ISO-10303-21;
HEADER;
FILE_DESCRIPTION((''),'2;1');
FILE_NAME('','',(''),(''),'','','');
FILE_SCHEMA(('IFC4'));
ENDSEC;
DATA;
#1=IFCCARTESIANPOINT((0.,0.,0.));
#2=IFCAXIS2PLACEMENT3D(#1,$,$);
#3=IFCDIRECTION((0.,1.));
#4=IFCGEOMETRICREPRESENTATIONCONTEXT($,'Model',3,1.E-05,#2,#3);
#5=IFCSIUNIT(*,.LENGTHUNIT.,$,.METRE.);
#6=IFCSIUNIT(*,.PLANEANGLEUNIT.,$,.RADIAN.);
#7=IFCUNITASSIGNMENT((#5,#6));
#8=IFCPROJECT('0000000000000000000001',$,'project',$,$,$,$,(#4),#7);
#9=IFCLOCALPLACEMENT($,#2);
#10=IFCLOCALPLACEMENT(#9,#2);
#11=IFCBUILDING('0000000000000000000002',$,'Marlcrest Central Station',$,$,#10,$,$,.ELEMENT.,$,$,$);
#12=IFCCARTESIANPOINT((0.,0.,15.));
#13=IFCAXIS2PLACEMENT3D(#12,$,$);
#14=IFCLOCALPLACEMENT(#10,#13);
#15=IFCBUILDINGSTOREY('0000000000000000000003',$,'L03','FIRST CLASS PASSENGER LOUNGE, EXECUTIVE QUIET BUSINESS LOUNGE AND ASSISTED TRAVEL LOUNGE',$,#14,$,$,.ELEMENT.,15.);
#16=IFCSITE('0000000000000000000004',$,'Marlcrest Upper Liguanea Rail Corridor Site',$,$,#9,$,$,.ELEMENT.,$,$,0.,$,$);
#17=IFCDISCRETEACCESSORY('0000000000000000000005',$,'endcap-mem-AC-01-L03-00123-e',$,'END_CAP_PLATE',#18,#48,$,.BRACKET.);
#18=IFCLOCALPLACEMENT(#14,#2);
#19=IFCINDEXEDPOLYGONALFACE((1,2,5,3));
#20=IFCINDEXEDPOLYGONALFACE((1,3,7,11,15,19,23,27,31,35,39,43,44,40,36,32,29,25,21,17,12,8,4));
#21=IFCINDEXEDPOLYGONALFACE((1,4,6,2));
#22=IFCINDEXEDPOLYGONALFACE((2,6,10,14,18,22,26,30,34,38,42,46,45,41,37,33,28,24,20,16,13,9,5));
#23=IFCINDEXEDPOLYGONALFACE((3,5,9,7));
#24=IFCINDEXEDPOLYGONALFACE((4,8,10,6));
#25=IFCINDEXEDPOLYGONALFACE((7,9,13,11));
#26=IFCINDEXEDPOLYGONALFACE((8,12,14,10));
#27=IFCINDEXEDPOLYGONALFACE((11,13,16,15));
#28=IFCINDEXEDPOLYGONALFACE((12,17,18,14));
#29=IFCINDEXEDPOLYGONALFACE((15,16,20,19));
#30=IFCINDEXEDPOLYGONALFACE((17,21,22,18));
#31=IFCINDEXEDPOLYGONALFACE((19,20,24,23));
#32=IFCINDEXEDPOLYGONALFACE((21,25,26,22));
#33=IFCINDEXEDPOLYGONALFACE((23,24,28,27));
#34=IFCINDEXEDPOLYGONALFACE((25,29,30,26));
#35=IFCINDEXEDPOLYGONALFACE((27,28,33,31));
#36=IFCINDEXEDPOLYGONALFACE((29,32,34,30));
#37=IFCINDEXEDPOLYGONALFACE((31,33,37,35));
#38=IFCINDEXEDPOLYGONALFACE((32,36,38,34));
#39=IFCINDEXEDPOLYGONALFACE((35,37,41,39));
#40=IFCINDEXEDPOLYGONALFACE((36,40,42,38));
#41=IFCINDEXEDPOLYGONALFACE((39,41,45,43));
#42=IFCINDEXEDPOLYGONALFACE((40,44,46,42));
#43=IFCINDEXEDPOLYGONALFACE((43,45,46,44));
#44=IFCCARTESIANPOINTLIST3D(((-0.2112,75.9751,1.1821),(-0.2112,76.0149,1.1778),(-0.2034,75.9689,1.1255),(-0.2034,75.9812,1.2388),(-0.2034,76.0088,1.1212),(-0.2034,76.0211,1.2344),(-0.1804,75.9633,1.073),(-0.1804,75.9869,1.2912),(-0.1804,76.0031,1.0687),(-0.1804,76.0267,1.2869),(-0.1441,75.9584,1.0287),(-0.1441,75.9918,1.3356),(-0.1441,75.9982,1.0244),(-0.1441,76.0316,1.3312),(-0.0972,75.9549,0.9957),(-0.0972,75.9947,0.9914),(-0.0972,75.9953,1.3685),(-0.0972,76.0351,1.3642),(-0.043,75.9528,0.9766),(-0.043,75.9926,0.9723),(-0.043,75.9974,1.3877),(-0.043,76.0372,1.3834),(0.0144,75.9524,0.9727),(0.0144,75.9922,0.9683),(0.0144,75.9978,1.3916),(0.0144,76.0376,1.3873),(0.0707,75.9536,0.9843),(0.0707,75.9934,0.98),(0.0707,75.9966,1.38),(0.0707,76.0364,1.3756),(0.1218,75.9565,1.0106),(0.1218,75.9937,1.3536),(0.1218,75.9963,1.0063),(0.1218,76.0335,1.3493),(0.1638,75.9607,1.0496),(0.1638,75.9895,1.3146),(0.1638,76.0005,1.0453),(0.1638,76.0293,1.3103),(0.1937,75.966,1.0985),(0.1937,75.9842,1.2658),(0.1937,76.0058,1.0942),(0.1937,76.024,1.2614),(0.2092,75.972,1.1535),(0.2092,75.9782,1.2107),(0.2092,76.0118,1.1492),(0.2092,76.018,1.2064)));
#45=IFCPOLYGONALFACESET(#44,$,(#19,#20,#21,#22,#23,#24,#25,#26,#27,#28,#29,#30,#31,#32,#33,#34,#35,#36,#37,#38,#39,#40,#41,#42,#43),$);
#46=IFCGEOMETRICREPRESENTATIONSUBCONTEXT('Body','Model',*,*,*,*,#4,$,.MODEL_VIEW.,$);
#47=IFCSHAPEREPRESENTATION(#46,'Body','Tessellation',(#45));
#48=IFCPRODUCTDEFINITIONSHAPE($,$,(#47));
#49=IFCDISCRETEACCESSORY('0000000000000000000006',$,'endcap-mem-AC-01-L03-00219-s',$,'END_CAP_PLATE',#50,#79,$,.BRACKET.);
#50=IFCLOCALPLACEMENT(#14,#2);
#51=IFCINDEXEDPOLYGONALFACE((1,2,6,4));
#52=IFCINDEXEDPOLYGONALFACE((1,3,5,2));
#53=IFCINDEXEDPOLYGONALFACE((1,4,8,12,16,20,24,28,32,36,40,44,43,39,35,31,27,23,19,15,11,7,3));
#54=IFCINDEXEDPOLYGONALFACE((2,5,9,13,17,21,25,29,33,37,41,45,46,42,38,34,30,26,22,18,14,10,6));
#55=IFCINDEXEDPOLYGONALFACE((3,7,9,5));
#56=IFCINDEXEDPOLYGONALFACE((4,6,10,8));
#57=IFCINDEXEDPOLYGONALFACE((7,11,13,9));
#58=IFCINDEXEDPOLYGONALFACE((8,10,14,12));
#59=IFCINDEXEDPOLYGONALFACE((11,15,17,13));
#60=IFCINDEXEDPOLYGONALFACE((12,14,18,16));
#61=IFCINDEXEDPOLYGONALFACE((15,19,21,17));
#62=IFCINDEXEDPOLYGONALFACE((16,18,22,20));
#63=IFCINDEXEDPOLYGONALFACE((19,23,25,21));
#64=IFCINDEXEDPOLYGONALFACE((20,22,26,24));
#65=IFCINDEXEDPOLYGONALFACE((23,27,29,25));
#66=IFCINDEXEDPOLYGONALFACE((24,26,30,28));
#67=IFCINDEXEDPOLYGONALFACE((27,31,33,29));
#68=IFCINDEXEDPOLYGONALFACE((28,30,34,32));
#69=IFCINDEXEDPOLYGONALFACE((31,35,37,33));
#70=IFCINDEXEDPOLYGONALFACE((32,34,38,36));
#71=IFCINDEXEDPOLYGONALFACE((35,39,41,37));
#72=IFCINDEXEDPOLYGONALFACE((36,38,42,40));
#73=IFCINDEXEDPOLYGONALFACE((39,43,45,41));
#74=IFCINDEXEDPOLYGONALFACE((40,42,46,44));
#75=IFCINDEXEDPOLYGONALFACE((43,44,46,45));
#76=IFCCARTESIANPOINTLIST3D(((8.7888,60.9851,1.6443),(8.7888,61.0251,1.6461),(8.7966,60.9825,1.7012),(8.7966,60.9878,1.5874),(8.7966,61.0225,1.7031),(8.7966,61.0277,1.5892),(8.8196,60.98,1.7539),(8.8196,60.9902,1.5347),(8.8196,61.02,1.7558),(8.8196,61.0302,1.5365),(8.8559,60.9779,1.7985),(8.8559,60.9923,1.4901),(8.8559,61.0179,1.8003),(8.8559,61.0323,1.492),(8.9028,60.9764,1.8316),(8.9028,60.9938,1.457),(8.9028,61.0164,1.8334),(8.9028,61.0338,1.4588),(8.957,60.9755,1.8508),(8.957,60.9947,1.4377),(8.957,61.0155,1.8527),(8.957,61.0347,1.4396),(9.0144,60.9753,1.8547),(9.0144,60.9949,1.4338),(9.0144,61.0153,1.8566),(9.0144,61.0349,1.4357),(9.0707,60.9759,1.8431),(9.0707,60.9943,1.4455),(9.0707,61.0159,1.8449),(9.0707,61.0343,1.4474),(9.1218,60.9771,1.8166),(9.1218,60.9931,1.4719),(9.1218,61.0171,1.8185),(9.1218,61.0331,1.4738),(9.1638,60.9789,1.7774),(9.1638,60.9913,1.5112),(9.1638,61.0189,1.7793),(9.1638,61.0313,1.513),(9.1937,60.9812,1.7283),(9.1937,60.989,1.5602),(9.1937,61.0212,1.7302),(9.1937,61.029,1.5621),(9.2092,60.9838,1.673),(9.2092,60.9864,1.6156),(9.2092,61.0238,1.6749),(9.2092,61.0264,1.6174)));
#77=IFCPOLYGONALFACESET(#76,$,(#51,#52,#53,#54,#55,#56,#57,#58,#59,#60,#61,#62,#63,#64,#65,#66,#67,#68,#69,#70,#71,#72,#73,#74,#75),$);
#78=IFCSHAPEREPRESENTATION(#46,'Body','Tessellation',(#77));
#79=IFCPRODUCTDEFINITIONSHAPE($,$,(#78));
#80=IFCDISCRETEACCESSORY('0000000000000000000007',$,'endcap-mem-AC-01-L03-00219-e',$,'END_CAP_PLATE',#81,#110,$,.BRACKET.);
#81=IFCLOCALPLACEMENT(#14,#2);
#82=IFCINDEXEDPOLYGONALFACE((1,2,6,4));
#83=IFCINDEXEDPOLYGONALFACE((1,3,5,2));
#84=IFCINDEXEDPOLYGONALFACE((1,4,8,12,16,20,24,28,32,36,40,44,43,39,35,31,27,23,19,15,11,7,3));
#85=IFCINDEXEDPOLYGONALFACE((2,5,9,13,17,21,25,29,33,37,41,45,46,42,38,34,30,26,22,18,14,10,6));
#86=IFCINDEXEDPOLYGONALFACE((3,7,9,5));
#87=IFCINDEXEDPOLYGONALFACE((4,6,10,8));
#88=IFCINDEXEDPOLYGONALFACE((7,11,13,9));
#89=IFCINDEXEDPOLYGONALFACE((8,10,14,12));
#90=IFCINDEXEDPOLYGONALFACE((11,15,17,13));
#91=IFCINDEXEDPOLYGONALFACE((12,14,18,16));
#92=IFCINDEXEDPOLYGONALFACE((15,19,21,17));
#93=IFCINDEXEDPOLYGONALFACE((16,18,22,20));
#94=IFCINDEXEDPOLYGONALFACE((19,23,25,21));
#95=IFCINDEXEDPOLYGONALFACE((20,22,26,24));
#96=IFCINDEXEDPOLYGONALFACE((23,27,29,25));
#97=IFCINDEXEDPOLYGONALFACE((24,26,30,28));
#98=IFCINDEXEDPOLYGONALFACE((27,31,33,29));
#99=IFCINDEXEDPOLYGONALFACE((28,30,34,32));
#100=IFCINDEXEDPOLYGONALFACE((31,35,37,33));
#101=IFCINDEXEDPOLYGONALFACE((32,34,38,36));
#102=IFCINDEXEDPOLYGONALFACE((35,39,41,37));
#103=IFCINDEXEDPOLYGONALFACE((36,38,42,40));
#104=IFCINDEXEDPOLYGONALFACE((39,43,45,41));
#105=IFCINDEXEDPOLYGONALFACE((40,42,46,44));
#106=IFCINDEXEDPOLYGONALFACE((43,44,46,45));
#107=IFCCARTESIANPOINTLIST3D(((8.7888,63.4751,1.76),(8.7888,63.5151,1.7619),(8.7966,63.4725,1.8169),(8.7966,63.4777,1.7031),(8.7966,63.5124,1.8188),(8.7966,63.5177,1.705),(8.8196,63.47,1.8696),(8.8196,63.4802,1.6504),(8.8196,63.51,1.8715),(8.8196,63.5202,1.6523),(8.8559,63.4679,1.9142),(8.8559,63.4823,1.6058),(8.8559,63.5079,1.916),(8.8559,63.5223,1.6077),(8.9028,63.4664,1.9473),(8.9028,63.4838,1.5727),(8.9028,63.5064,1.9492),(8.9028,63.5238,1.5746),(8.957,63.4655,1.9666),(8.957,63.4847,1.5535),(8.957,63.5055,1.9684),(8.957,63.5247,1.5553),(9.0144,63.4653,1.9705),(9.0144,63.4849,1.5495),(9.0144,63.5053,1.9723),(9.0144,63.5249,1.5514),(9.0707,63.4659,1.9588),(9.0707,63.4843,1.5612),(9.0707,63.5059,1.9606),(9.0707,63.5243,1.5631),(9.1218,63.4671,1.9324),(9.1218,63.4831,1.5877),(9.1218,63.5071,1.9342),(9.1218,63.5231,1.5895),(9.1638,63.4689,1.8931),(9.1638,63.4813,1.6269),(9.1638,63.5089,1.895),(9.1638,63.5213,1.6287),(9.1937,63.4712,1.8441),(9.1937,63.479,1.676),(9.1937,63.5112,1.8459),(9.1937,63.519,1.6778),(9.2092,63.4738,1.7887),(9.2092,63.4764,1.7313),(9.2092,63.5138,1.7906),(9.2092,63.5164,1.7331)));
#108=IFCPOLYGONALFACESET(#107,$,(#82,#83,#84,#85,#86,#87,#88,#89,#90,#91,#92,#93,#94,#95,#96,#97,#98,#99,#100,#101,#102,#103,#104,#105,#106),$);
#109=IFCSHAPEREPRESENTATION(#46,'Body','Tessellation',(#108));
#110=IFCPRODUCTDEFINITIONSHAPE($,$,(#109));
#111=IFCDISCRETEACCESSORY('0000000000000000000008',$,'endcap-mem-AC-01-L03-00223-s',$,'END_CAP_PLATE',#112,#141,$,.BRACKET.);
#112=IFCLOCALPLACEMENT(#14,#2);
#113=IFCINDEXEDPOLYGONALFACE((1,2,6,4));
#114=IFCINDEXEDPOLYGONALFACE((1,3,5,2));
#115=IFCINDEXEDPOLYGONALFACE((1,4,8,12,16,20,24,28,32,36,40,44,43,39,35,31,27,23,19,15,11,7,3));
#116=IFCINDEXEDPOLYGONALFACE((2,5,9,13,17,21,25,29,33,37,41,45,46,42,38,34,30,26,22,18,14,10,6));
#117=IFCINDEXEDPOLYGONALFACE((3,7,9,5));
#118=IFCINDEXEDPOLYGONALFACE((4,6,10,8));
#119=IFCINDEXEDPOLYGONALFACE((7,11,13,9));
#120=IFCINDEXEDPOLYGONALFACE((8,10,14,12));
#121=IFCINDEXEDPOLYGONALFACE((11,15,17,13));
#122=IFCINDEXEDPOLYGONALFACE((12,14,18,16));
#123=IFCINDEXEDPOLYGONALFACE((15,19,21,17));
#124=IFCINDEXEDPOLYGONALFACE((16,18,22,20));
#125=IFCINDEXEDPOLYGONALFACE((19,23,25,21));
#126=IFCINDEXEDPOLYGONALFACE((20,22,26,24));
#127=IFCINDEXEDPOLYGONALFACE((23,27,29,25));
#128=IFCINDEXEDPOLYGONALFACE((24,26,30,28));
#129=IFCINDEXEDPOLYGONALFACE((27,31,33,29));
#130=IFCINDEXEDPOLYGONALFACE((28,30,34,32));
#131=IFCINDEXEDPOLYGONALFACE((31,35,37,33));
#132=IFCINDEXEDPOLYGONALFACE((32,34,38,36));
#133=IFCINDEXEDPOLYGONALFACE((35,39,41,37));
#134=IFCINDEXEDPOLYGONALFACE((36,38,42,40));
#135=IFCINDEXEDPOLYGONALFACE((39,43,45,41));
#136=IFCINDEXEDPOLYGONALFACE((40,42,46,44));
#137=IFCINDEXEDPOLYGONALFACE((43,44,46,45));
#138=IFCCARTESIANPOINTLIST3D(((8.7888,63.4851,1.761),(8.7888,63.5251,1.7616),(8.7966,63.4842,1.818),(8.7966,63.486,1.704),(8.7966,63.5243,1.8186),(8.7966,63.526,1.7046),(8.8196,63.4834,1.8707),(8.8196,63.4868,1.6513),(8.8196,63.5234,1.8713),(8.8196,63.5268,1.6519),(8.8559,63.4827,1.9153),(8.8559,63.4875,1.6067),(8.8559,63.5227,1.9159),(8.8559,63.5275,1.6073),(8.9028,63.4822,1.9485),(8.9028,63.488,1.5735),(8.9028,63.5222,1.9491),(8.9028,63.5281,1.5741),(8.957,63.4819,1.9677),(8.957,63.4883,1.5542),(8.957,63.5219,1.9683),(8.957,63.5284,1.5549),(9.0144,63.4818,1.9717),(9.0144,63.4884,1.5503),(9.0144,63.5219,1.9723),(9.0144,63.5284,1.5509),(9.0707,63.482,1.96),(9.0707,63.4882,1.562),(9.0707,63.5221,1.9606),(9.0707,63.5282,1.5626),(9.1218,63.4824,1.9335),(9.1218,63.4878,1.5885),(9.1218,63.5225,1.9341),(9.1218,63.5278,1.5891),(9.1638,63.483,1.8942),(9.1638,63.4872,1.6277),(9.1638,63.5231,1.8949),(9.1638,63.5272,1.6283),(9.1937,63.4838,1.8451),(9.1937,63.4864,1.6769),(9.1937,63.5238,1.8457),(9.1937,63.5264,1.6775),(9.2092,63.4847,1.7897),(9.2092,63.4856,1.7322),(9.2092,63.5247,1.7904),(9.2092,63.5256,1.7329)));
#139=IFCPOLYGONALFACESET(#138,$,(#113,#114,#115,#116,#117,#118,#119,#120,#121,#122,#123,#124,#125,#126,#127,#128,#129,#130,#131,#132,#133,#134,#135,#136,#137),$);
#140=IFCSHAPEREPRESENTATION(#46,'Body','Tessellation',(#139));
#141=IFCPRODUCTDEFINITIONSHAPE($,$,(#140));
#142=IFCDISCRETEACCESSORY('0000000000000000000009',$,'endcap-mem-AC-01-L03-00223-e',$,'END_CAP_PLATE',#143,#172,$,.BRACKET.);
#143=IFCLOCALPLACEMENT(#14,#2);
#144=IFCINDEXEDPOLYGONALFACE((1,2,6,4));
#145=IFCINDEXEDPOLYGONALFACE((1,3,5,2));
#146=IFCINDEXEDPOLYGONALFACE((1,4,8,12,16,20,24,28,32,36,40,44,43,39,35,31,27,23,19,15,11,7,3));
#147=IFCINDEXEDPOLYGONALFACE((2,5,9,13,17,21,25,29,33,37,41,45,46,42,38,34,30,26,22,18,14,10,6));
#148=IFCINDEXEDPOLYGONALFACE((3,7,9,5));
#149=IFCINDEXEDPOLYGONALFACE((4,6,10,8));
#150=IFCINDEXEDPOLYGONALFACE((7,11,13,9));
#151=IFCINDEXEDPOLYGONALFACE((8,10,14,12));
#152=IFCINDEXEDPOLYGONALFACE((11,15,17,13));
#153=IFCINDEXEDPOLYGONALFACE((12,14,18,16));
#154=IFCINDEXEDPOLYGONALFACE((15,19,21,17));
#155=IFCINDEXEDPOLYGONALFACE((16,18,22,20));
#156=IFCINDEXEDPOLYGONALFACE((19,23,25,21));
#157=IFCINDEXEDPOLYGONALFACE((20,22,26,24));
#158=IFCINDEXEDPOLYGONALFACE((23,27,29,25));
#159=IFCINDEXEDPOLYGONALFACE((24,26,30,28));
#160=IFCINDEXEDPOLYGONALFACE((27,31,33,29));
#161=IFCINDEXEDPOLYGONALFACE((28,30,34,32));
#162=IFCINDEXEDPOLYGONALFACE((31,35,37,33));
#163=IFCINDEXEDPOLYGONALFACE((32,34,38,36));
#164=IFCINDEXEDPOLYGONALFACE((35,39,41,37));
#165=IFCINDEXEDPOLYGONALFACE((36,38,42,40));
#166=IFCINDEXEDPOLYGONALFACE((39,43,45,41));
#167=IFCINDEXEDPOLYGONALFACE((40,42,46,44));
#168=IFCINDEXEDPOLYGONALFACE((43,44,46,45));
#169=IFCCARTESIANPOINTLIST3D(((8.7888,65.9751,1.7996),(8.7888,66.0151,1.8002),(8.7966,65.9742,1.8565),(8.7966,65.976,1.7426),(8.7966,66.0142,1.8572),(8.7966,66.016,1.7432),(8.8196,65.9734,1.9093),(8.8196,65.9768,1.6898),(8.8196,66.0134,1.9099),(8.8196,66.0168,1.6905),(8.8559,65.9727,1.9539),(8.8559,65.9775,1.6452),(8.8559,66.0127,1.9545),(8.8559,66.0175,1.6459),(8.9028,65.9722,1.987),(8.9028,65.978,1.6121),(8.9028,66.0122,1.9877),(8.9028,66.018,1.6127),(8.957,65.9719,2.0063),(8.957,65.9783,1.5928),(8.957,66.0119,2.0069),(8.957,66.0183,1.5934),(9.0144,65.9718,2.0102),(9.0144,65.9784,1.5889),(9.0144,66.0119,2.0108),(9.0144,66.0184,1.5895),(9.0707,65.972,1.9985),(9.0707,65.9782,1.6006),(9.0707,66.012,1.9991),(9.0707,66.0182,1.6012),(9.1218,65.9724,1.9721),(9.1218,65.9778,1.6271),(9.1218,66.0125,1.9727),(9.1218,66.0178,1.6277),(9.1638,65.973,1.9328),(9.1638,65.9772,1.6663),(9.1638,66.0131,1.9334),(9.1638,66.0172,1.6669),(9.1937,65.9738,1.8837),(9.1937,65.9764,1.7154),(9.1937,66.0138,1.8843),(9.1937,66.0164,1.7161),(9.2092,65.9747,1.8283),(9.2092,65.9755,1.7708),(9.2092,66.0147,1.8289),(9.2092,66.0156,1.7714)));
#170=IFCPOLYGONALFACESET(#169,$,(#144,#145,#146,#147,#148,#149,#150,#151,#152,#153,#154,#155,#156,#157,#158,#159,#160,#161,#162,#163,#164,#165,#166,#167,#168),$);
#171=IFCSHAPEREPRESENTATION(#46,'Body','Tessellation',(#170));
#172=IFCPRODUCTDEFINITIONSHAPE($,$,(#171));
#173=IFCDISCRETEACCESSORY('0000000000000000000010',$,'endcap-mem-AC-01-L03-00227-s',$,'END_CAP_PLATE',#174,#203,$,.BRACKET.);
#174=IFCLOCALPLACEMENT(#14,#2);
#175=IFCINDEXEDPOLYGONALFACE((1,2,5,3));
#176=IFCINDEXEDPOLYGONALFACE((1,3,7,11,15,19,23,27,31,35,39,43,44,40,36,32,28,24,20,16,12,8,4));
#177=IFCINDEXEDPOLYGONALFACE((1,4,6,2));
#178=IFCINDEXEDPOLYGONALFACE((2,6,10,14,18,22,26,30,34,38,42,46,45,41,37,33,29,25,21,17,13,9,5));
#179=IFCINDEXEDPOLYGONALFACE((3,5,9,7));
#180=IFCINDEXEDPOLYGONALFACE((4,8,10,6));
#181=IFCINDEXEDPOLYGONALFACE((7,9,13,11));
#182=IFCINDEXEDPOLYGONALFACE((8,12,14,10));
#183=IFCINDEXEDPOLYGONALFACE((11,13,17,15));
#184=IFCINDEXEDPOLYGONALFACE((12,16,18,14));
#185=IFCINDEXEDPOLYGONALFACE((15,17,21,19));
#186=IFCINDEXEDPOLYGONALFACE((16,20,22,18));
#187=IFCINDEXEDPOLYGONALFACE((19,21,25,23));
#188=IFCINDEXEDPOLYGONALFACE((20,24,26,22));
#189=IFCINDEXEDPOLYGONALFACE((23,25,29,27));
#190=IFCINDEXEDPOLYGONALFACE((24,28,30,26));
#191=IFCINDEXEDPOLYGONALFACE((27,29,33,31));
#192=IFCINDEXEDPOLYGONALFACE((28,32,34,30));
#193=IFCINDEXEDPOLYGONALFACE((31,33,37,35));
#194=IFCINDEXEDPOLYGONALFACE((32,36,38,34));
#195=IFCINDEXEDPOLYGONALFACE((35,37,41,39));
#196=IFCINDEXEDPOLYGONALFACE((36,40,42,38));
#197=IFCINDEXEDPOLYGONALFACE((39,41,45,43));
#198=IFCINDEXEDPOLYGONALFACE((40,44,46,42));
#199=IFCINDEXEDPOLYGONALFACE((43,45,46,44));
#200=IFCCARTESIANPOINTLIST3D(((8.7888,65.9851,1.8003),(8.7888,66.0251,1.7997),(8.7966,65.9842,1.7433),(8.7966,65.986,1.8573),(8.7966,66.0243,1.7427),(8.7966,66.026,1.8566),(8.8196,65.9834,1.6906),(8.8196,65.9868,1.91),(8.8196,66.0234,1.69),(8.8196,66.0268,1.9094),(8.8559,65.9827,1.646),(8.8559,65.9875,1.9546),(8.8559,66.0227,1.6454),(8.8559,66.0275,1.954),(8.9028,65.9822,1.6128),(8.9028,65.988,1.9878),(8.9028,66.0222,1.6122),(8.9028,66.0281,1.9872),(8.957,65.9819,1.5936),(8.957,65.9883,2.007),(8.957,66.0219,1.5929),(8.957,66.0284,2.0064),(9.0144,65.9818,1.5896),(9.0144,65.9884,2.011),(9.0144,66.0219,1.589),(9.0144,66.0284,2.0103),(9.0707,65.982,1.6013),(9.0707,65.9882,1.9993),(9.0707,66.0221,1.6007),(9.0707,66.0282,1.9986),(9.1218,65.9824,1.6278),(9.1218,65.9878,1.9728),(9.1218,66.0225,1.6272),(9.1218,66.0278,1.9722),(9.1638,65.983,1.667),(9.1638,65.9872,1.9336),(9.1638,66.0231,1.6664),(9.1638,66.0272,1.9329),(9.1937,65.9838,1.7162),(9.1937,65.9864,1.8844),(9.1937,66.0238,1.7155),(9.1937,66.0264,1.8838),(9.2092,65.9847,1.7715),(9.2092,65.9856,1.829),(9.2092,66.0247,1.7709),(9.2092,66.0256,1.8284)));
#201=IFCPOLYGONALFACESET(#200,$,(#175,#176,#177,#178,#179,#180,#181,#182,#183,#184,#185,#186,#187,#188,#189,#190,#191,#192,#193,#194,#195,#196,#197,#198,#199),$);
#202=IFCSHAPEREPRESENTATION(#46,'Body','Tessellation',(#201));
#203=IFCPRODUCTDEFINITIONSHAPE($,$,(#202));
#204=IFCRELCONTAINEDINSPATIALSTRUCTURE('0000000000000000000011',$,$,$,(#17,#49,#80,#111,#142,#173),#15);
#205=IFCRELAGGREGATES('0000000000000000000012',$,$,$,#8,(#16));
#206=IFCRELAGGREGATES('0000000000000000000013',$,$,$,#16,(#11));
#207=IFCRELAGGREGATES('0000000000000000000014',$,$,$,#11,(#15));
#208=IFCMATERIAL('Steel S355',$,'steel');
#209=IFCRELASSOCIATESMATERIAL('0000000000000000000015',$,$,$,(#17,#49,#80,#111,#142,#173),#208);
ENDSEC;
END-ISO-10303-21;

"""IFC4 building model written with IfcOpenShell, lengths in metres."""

from ifc_helpers import new_model, si_unit, direction, frame, origin, origin_2d, place, context, subcontext, project, spatial, circle, extrude, material, element, save


model = new_model("IFC4")

# Units and contexts
model_context = context("Model", 3, precision=1e-05, world=origin(), true_north=direction((0.0, 1.0)))
body_context = subcontext(model_context, "Body", "Model", "MODEL_VIEW")
ifc_project = project(units=[si_unit("LENGTHUNIT", "METRE"), si_unit("PLANEANGLEUNIT", "RADIAN")], contexts=[model_context])

# Site, building, storey
site_placement = place(None, origin())
site = spatial("IfcSite", under=ifc_project, at=site_placement, Name="Marlcrest Upper Liguanea Rail Corridor Site", CompositionType="ELEMENT", RefElevation=0.0)
building_placement = place(site_placement, origin())
building = spatial("IfcBuilding", under=site, at=building_placement, Name="Marlcrest Central Station", CompositionType="ELEMENT")
storey_placement = place(building_placement, frame((0.0, 0.0, 15.0)))
storey = spatial("IfcBuildingStorey", under=building, at=storey_placement, Name="L03", Description="FIRST CLASS PASSENGER LOUNGE, EXECUTIVE QUIET BUSINESS LOUNGE AND ASSISTED TRAVEL LOUNGE", CompositionType="ELEMENT", Elevation=15.0)

# Shared definitions
ifc_material_1 = material(Name="Steel S355", Category="steel")

# Discrete accessories
for number, where, z_axis, x_axis, name in (
    (1, (0.0, 75.9751, 1.1821), (0.0, 0.994155, -0.107959), (-1.0, 0.0, 0.0), "endcap-mem-AC-01-L03-00123-e"),
    (2, (9.0, 60.9851, 1.6443), (0.0, 0.998921, 0.046434), (-1.0, 0.0, 0.0), "endcap-mem-AC-01-L03-00219-s"),
    (3, (9.0, 63.4751, 1.76), (0.0, 0.998921, 0.046434), (-1.0, 0.0, 0.0), "endcap-mem-AC-01-L03-00219-e"),
    (4, (9.0, 63.4851, 1.761), (0.0, 0.999879, 0.015525), (-1.0, 0.0, 0.0), "endcap-mem-AC-01-L03-00223-s"),
    (5, (9.0, 65.9751, 1.7996), (0.0, 0.999879, 0.015525), (-1.0, 0.0, 0.0), "endcap-mem-AC-01-L03-00223-e"),
    (6, (9.0, 65.9851, 1.8003), (0.0, 0.999879, -0.015525), (-1.0, 0.0, 0.0), "endcap-mem-AC-01-L03-00227-s"),
):
    element("IfcDiscreteAccessory", number, at=place(storey_placement, frame(where, z_axis=z_axis, x_axis=x_axis)), inside=storey, material=ifc_material_1, Name=name, ObjectType="END_CAP_PLATE", PredefinedType="BRACKET", context=body_context, shape_type="SweptSolid", body=[
        extrude(circle(Radius=0.2112, at=origin_2d()), origin(), (0.0, 0.0, 1.0), 0.04),
    ])

save(model, "model.ifc")
